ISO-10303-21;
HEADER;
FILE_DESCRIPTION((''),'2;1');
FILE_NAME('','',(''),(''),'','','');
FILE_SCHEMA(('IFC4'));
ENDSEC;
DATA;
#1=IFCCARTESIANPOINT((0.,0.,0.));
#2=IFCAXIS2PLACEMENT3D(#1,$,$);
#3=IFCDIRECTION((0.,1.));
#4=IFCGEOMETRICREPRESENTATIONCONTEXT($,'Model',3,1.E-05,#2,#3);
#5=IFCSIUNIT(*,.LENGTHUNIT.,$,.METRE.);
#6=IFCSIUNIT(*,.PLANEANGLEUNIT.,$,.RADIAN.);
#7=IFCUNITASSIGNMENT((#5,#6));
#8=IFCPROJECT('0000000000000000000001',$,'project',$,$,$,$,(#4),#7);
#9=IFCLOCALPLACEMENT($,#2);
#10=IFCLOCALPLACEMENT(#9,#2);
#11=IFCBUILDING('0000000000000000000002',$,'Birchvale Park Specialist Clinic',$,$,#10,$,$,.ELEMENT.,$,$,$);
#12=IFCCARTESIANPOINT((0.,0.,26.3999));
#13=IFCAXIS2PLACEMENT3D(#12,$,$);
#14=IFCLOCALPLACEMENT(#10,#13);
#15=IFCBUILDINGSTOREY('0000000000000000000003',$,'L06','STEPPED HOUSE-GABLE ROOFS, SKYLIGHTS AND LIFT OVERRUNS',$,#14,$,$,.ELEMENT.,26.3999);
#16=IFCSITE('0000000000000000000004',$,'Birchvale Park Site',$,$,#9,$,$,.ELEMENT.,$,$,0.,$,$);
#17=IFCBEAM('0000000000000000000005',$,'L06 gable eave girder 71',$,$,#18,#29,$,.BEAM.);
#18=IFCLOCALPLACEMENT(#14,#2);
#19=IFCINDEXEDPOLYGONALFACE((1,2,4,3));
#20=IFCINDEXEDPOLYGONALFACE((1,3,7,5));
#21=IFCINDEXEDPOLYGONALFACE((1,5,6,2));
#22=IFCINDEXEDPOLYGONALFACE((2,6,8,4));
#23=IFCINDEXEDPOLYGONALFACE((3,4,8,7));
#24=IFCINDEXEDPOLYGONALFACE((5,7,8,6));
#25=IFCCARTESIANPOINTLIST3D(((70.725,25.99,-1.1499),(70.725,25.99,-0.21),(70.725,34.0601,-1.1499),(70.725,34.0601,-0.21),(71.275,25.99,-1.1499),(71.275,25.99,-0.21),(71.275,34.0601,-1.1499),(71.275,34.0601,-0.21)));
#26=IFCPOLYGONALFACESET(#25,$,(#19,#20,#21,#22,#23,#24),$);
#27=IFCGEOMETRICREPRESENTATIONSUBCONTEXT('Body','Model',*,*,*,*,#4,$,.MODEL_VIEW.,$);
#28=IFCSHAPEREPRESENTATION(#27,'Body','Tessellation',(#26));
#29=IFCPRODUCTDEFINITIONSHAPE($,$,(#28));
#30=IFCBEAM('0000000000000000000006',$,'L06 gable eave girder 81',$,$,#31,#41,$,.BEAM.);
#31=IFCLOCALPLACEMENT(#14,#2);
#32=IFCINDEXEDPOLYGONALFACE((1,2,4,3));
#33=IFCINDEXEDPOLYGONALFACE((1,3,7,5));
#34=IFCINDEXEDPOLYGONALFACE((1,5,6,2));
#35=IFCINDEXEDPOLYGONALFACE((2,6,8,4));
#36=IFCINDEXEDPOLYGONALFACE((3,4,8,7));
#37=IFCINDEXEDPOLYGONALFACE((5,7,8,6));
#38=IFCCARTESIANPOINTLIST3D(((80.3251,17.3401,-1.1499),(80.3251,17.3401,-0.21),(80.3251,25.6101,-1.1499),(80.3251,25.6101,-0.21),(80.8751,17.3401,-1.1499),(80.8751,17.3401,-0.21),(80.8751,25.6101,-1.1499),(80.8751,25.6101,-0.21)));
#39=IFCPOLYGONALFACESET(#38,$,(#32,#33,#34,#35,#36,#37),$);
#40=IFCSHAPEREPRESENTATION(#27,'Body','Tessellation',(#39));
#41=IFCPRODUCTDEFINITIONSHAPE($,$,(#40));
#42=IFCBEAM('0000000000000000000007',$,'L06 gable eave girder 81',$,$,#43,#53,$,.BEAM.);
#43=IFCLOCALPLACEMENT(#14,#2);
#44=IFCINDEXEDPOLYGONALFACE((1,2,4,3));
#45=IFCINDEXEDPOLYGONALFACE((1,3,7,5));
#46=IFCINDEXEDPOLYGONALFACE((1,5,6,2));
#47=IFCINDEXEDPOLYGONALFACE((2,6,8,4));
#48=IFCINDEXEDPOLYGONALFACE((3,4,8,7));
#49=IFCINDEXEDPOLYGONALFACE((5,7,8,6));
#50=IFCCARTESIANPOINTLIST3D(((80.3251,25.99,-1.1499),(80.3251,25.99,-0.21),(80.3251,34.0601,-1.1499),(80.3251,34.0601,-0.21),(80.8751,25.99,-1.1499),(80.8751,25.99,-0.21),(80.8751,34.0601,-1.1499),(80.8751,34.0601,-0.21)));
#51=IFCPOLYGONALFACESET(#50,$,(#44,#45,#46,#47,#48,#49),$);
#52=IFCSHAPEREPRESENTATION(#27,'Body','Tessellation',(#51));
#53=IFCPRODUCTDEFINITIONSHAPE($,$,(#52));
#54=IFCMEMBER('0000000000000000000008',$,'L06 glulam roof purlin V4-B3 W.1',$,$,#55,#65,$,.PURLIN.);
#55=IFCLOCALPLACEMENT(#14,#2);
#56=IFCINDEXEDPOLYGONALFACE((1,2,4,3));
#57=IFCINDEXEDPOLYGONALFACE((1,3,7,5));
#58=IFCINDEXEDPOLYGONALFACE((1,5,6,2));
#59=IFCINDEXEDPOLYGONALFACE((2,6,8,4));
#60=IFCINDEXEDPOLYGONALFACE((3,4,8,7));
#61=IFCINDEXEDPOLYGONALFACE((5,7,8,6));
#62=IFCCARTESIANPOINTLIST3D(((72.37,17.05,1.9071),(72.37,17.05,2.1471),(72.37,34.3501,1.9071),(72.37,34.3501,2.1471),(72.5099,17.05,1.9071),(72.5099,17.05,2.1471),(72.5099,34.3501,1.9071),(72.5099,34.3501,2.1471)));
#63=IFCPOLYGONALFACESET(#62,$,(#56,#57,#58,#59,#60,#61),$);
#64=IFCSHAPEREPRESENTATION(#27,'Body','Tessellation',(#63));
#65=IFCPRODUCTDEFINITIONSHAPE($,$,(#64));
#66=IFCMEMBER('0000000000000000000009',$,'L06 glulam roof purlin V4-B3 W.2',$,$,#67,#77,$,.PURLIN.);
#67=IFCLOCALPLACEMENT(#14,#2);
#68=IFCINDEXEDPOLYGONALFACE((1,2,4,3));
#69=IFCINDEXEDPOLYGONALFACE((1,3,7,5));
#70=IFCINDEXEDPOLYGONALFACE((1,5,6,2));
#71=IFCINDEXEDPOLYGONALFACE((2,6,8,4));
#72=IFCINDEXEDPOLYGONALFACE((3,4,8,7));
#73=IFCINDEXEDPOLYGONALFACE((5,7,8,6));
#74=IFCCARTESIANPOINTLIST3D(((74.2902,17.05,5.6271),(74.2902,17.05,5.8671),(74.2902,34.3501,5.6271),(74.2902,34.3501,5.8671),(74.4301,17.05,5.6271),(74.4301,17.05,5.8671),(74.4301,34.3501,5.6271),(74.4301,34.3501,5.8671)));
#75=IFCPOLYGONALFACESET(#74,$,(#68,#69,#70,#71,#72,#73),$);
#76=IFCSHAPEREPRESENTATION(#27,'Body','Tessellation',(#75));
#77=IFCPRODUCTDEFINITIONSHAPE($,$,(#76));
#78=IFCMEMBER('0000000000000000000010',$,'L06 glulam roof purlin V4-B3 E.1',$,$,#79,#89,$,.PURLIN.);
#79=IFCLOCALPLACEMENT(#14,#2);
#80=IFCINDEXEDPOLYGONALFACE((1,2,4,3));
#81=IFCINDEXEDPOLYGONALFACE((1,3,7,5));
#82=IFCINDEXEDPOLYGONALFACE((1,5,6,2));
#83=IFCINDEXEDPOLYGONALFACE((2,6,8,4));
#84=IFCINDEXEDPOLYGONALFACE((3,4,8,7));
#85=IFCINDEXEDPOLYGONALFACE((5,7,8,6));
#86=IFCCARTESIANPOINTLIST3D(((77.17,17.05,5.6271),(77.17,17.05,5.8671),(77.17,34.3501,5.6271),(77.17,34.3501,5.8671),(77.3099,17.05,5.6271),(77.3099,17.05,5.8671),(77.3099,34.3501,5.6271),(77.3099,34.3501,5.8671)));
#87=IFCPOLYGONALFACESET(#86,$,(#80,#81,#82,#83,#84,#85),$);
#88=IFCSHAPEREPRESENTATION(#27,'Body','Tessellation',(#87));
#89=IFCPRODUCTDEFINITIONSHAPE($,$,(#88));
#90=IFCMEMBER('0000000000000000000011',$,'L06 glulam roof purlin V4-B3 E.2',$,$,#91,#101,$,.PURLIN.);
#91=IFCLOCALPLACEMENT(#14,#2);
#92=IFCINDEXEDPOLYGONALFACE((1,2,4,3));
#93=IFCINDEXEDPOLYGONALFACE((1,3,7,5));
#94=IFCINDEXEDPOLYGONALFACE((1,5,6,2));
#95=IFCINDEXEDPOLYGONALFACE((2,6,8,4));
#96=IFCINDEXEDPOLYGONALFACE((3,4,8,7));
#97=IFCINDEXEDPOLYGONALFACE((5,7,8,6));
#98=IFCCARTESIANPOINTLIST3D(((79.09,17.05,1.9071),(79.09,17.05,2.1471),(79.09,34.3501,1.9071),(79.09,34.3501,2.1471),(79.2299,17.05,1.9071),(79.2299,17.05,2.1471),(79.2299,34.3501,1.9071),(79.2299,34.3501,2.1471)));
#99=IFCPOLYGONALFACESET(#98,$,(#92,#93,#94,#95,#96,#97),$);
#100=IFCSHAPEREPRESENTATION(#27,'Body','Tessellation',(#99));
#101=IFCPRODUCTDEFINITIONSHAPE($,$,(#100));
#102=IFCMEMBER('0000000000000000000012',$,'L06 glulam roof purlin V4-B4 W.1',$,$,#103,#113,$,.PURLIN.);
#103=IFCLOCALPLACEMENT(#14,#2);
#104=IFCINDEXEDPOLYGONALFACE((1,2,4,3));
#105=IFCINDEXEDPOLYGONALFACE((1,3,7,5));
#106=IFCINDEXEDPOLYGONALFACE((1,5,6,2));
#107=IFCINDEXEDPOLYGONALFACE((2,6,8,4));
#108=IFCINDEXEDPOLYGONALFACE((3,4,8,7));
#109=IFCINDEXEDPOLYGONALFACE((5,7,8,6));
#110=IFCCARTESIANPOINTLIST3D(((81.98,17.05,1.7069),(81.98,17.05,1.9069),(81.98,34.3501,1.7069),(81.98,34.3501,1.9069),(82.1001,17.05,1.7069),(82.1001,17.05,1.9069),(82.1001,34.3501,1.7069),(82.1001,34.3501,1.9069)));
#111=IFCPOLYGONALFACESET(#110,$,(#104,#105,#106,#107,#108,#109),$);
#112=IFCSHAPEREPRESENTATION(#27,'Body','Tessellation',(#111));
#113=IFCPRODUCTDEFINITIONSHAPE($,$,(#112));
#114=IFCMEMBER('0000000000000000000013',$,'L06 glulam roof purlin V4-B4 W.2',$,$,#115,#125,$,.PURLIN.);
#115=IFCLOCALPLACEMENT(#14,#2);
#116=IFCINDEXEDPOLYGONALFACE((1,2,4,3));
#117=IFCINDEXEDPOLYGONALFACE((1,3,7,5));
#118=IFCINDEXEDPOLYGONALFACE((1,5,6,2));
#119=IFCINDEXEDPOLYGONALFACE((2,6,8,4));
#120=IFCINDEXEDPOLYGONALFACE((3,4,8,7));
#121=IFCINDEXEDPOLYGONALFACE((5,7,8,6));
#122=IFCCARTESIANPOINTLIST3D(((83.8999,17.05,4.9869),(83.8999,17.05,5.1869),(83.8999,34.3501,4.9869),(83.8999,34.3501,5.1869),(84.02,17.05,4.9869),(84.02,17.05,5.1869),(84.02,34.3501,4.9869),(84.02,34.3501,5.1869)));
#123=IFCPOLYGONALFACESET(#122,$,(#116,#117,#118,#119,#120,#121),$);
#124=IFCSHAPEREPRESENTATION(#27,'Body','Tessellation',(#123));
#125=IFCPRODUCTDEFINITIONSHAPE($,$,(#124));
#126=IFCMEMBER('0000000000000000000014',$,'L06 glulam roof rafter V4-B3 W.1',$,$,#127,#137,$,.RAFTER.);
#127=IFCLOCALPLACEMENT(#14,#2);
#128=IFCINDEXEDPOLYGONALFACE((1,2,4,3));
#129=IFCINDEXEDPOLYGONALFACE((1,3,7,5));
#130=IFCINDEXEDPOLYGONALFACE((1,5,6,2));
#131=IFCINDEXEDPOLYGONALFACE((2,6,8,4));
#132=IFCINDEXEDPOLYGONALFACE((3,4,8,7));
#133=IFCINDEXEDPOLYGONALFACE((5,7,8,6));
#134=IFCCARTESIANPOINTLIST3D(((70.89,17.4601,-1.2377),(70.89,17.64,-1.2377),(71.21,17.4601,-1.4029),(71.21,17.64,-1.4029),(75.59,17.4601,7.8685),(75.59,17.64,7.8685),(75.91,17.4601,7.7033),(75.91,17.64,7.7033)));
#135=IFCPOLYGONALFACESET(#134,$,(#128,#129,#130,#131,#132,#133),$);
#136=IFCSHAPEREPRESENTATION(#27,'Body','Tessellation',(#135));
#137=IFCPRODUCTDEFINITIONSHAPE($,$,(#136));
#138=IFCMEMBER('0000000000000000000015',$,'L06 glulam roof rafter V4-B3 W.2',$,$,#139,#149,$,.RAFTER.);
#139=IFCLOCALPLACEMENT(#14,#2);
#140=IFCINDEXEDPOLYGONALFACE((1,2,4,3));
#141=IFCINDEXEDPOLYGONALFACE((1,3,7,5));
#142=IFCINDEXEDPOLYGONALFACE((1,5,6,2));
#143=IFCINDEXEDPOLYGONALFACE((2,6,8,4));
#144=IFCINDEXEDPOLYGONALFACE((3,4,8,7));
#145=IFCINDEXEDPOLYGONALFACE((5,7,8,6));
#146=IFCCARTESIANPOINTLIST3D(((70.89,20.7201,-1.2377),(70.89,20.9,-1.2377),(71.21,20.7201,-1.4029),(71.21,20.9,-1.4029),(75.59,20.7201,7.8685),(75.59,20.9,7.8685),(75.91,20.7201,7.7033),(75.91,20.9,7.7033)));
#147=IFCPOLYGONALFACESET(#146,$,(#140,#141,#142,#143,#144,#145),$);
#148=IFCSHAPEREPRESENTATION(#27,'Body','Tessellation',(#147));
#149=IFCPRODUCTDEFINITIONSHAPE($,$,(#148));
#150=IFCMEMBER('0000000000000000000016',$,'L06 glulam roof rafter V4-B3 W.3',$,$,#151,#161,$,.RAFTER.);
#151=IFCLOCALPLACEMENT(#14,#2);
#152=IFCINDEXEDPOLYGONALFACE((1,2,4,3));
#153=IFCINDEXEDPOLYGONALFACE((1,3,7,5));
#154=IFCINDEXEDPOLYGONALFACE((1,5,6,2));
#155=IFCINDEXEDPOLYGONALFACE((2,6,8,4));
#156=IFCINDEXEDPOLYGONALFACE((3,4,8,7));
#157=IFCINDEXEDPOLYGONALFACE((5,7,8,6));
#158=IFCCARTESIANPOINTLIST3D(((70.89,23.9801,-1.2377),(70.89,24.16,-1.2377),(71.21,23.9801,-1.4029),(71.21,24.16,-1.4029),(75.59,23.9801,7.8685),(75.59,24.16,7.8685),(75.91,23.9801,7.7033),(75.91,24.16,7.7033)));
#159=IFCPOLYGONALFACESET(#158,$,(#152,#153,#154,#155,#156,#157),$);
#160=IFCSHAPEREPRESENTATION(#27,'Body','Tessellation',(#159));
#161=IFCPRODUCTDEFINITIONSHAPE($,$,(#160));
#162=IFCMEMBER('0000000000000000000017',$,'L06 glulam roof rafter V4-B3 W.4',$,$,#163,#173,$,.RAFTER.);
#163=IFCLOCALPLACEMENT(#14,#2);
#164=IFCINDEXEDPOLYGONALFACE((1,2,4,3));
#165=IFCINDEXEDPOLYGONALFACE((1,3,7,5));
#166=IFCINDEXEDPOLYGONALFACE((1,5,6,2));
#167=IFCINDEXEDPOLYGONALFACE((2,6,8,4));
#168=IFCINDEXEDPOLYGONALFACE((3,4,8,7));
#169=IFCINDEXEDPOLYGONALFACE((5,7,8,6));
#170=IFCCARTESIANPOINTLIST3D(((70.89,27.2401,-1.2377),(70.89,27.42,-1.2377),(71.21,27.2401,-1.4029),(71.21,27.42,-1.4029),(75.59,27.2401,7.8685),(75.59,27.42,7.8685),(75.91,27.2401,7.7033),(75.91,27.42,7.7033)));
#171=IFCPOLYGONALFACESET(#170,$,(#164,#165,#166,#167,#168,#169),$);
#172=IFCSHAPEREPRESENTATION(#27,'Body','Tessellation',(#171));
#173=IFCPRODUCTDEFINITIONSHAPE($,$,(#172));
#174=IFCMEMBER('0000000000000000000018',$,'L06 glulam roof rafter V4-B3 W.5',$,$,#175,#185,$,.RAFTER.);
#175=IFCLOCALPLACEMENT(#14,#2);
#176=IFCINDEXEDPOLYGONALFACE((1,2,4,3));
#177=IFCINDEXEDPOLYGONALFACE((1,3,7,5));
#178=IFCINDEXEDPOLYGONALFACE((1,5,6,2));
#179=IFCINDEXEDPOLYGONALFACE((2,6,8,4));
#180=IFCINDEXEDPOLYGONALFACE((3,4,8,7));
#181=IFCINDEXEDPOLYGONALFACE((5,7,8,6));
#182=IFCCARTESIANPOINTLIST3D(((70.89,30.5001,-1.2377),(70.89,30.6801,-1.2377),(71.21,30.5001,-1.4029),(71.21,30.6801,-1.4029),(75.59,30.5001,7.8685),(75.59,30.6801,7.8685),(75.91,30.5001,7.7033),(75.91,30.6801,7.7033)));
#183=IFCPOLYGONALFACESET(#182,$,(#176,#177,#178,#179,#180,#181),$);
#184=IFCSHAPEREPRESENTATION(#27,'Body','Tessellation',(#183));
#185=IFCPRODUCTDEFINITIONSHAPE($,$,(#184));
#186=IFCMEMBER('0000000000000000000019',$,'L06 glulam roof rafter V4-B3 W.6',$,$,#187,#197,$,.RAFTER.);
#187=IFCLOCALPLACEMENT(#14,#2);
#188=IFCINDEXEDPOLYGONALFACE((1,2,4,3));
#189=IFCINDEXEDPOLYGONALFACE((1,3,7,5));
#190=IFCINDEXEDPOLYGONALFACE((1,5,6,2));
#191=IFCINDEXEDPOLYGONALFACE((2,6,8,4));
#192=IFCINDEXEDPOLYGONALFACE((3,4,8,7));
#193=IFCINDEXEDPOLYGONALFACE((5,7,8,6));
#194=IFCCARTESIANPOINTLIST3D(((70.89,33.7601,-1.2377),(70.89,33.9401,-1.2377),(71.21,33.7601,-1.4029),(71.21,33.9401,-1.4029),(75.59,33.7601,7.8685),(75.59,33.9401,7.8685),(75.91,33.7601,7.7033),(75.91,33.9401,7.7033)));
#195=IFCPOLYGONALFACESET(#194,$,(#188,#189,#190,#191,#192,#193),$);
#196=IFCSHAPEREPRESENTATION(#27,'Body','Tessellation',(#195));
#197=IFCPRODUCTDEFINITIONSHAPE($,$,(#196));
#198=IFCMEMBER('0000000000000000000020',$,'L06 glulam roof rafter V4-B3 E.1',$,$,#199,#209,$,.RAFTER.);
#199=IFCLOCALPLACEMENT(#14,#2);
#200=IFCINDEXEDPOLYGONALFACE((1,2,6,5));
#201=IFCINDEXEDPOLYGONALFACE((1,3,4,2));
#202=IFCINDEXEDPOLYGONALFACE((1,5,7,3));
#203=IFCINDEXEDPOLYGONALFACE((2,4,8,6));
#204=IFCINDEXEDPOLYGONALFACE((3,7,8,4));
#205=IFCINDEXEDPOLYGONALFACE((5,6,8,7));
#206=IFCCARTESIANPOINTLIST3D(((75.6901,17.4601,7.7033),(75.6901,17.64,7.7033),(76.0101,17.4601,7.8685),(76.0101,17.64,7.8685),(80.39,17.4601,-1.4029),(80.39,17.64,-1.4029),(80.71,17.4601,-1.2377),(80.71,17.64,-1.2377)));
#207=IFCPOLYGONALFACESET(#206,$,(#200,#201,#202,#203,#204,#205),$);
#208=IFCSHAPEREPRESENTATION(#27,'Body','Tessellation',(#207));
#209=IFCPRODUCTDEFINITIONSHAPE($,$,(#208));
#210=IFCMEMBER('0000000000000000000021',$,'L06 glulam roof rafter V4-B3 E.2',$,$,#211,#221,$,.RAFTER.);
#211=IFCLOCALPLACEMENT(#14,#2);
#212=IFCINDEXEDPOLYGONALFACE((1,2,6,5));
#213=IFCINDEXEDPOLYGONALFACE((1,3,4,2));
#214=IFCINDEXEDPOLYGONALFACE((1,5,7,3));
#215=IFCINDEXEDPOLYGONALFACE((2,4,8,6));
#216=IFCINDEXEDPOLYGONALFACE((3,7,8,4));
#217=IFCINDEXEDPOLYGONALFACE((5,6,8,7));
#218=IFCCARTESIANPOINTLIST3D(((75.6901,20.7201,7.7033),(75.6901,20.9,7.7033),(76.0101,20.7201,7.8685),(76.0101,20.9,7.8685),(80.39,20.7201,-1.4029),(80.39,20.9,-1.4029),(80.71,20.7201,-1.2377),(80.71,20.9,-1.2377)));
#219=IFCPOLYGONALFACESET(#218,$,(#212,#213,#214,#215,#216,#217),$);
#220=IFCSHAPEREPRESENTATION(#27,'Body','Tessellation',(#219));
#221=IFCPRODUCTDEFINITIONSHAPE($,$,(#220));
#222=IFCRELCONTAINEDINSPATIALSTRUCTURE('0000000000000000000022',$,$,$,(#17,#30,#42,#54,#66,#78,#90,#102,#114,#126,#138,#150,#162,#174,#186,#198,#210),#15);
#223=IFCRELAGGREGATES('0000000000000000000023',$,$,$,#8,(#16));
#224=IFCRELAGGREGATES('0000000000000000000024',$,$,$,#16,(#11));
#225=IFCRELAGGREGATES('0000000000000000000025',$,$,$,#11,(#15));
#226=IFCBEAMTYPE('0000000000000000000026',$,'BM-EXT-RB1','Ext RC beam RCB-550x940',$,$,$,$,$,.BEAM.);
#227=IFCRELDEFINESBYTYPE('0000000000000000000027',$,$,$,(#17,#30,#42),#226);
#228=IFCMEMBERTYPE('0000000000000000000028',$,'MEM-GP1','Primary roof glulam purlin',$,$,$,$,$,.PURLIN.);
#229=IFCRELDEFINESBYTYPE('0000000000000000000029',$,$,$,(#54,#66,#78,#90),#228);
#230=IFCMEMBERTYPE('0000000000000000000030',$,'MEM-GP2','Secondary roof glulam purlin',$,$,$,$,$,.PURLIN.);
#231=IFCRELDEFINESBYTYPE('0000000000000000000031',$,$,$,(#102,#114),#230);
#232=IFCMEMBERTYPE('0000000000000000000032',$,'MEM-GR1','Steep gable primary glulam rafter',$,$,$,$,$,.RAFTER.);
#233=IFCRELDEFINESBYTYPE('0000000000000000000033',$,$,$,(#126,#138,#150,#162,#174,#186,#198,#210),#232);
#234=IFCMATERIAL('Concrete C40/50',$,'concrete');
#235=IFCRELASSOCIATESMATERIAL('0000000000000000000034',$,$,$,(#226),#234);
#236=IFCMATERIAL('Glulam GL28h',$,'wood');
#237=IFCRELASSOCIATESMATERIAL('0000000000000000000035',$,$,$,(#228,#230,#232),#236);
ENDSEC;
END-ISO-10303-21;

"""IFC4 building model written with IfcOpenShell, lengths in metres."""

from ifc_helpers import new_model, si_unit, direction, frame, origin, origin_2d, place, context, subcontext, project, spatial, rectangle, extrude, material, material_profile, profile_set, type_object, element, save


model = new_model("IFC4")

# Units and contexts
model_context = context("Model", 3, precision=1e-05, world=origin(), true_north=direction((0.0, 1.0)))
body_context = subcontext(model_context, "Body", "Model", "MODEL_VIEW")
ifc_project = project(units=[si_unit("LENGTHUNIT", "METRE"), si_unit("PLANEANGLEUNIT", "RADIAN")], contexts=[model_context])

# Site, building, storey
site_placement = place(None, origin())
site = spatial("IfcSite", under=ifc_project, at=site_placement, Name="Birchvale Park Site", CompositionType="ELEMENT", RefElevation=0.0)
building_placement = place(site_placement, origin())
building = spatial("IfcBuilding", under=site, at=building_placement, Name="Birchvale Park Specialist Clinic", CompositionType="ELEMENT")
storey_placement = place(building_placement, frame((0.0, 0.0, 26.3999)))
storey = spatial("IfcBuildingStorey", under=building, at=storey_placement, Name="L06", Description="STEPPED HOUSE-GABLE ROOFS, SKYLIGHTS AND LIFT OVERRUNS", CompositionType="ELEMENT", Elevation=26.3999)

# Beams
ifc_material_1 = material(Name="Concrete C40/50", Category="concrete")
ifc_material_profile_1 = material_profile(ifc_material_1, rectangle(XDim=0.55, YDim=0.9399, at=origin_2d()), Name="RCB-550x940")
ifc_profile_set_1 = profile_set([ifc_material_profile_1], Name="Concrete C40/50")
beam_type_1 = type_object("IfcBeamType", Name="BM-EXT-RB1", Description="Ext RC beam RCB-550x940", PredefinedType="BEAM", material=ifc_profile_set_1)
beam_1_placement = place(storey_placement, frame((71.0, 25.99, -0.6799), z_axis=(0.0, 1.0, 0.0), x_axis=(-1.0, 0.0, 0.0)))
element("IfcBeam", 1, at=beam_1_placement, inside=storey, type_object=beam_type_1, Name="L06 gable eave girder 71", PredefinedType="BEAM", context=body_context, shape_type="SweptSolid", body=[
    extrude(rectangle(XDim=0.55, YDim=0.9399, at=origin_2d()), origin(), (0.0, 0.0, 1.0), 8.0701),
])
beam_2_placement = place(storey_placement, frame((80.6001, 17.3401, -0.6799), z_axis=(0.0, 1.0, 0.0), x_axis=(-1.0, 0.0, 0.0)))
element("IfcBeam", 2, at=beam_2_placement, inside=storey, type_object=beam_type_1, Name="L06 gable eave girder 81", PredefinedType="BEAM", context=body_context, shape_type="SweptSolid", body=[
    extrude(rectangle(XDim=0.55, YDim=0.9399, at=origin_2d()), origin(), (0.0, 0.0, 1.0), 8.27),
])
beam_3_placement = place(storey_placement, frame((80.6001, 25.99, -0.6799), z_axis=(0.0, 1.0, 0.0), x_axis=(-1.0, 0.0, 0.0)))
element("IfcBeam", 3, at=beam_3_placement, inside=storey, type_object=beam_type_1, Name="L06 gable eave girder 81", PredefinedType="BEAM", context=body_context, shape_type="SweptSolid", body=[
    extrude(rectangle(XDim=0.55, YDim=0.9399, at=origin_2d()), origin(), (0.0, 0.0, 1.0), 8.0701),
])

# Members
ifc_material_2 = material(Name="Glulam GL28h", Category="wood")
ifc_material_profile_2 = material_profile(ifc_material_2, rectangle(XDim=0.1399, YDim=0.24, at=origin_2d()), Name="GL-140x240")
ifc_profile_set_2 = profile_set([ifc_material_profile_2], Name="Glulam GL28h")
member_type_1 = type_object("IfcMemberType", Name="MEM-GP1", Description="Primary roof glulam purlin", PredefinedType="PURLIN", material=ifc_profile_set_2)
for number, where, z_axis, x_axis, name in (
    (4, (72.4399, 17.05, 2.0271), (0.0, 1.0, 0.0), (-1.0, 0.0, 0.0), "L06 glulam roof purlin V4-B3 W.1"),
    (5, (74.3601, 17.05, 5.7471), (0.0, 1.0, 0.0), (-1.0, 0.0, 0.0), "L06 glulam roof purlin V4-B3 W.2"),
    (6, (77.24, 17.05, 5.7471), (0.0, 1.0, 0.0), (-1.0, 0.0, 0.0), "L06 glulam roof purlin V4-B3 E.1"),
    (7, (79.1599, 17.05, 2.0271), (0.0, 1.0, 0.0), (-1.0, 0.0, 0.0), "L06 glulam roof purlin V4-B3 E.2"),
):
    element("IfcMember", number, at=place(storey_placement, frame(where, z_axis=z_axis, x_axis=x_axis)), inside=storey, type_object=member_type_1, Name=name, PredefinedType="PURLIN", context=body_context, shape_type="SweptSolid", body=[
        extrude(rectangle(XDim=0.1399, YDim=0.24, at=origin_2d()), origin(), (0.0, 0.0, 1.0), 17.3),
    ])
ifc_material_profile_3 = material_profile(ifc_material_2, rectangle(XDim=0.1201, YDim=0.2, at=origin_2d()), Name="GL-120x200")
ifc_profile_set_3 = profile_set([ifc_material_profile_3], Name="Glulam GL28h")
member_type_2 = type_object("IfcMemberType", Name="MEM-GP2", Description="Secondary roof glulam purlin", PredefinedType="PURLIN", material=ifc_profile_set_3)
for number, where, z_axis, x_axis, name in (
    (8, (82.04, 17.05, 1.8069), (0.0, 1.0, 0.0), (-1.0, 0.0, 0.0), "L06 glulam roof purlin V4-B4 W.1"),
    (9, (83.96, 17.05, 5.0869), (0.0, 1.0, 0.0), (-1.0, 0.0, 0.0), "L06 glulam roof purlin V4-B4 W.2"),
):
    element("IfcMember", number, at=place(storey_placement, frame(where, z_axis=z_axis, x_axis=x_axis)), inside=storey, type_object=member_type_2, Name=name, PredefinedType="PURLIN", context=body_context, shape_type="SweptSolid", body=[
        extrude(rectangle(XDim=0.1201, YDim=0.2, at=origin_2d()), origin(), (0.0, 0.0, 1.0), 17.3),
    ])
ifc_material_profile_4 = material_profile(ifc_material_2, rectangle(XDim=0.1799, YDim=0.3601, at=origin_2d()), Name="GL-180x360")
ifc_profile_set_4 = profile_set([ifc_material_profile_4], Name="Glulam GL28h")
member_type_3 = type_object("IfcMemberType", Name="MEM-GR1", Description="Steep gable primary glulam rafter", PredefinedType="RAFTER", material=ifc_profile_set_4)
for number, where, z_axis, x_axis, name in (
    (10, (71.05, 17.55, -1.3203), (0.458641, 0.0, 0.888622), (0.0, 1.0, 0.0), "L06 glulam roof rafter V4-B3 W.1"),
    (11, (71.05, 20.8101, -1.3203), (0.458641, 0.0, 0.888622), (0.0, 1.0, 0.0), "L06 glulam roof rafter V4-B3 W.2"),
    (12, (71.05, 24.0701, -1.3203), (0.458641, 0.0, 0.888622), (0.0, 1.0, 0.0), "L06 glulam roof rafter V4-B3 W.3"),
    (13, (71.05, 27.3301, -1.3203), (0.458641, 0.0, 0.888622), (0.0, 1.0, 0.0), "L06 glulam roof rafter V4-B3 W.4"),
    (14, (71.05, 30.5901, -1.3203), (0.458641, 0.0, 0.888622), (0.0, 1.0, 0.0), "L06 glulam roof rafter V4-B3 W.5"),
    (15, (71.05, 33.8501, -1.3203), (0.458641, 0.0, 0.888622), (0.0, 1.0, 0.0), "L06 glulam roof rafter V4-B3 W.6"),
    (16, (75.8501, 17.55, 7.7859), (0.458641, 0.0, -0.888622), (0.0, 1.0, 0.0), "L06 glulam roof rafter V4-B3 E.1"),
    (17, (75.8501, 20.8101, 7.7859), (0.458641, 0.0, -0.888622), (0.0, 1.0, 0.0), "L06 glulam roof rafter V4-B3 E.2"),
):
    element("IfcMember", number, at=place(storey_placement, frame(where, z_axis=z_axis, x_axis=x_axis)), inside=storey, type_object=member_type_3, Name=name, PredefinedType="RAFTER", context=body_context, shape_type="SweptSolid", body=[
        extrude(rectangle(XDim=0.1799, YDim=0.3601, at=origin_2d()), origin(), (0.0, 0.0, 1.0), 10.2476),
    ])

save(model, "model.ifc")
